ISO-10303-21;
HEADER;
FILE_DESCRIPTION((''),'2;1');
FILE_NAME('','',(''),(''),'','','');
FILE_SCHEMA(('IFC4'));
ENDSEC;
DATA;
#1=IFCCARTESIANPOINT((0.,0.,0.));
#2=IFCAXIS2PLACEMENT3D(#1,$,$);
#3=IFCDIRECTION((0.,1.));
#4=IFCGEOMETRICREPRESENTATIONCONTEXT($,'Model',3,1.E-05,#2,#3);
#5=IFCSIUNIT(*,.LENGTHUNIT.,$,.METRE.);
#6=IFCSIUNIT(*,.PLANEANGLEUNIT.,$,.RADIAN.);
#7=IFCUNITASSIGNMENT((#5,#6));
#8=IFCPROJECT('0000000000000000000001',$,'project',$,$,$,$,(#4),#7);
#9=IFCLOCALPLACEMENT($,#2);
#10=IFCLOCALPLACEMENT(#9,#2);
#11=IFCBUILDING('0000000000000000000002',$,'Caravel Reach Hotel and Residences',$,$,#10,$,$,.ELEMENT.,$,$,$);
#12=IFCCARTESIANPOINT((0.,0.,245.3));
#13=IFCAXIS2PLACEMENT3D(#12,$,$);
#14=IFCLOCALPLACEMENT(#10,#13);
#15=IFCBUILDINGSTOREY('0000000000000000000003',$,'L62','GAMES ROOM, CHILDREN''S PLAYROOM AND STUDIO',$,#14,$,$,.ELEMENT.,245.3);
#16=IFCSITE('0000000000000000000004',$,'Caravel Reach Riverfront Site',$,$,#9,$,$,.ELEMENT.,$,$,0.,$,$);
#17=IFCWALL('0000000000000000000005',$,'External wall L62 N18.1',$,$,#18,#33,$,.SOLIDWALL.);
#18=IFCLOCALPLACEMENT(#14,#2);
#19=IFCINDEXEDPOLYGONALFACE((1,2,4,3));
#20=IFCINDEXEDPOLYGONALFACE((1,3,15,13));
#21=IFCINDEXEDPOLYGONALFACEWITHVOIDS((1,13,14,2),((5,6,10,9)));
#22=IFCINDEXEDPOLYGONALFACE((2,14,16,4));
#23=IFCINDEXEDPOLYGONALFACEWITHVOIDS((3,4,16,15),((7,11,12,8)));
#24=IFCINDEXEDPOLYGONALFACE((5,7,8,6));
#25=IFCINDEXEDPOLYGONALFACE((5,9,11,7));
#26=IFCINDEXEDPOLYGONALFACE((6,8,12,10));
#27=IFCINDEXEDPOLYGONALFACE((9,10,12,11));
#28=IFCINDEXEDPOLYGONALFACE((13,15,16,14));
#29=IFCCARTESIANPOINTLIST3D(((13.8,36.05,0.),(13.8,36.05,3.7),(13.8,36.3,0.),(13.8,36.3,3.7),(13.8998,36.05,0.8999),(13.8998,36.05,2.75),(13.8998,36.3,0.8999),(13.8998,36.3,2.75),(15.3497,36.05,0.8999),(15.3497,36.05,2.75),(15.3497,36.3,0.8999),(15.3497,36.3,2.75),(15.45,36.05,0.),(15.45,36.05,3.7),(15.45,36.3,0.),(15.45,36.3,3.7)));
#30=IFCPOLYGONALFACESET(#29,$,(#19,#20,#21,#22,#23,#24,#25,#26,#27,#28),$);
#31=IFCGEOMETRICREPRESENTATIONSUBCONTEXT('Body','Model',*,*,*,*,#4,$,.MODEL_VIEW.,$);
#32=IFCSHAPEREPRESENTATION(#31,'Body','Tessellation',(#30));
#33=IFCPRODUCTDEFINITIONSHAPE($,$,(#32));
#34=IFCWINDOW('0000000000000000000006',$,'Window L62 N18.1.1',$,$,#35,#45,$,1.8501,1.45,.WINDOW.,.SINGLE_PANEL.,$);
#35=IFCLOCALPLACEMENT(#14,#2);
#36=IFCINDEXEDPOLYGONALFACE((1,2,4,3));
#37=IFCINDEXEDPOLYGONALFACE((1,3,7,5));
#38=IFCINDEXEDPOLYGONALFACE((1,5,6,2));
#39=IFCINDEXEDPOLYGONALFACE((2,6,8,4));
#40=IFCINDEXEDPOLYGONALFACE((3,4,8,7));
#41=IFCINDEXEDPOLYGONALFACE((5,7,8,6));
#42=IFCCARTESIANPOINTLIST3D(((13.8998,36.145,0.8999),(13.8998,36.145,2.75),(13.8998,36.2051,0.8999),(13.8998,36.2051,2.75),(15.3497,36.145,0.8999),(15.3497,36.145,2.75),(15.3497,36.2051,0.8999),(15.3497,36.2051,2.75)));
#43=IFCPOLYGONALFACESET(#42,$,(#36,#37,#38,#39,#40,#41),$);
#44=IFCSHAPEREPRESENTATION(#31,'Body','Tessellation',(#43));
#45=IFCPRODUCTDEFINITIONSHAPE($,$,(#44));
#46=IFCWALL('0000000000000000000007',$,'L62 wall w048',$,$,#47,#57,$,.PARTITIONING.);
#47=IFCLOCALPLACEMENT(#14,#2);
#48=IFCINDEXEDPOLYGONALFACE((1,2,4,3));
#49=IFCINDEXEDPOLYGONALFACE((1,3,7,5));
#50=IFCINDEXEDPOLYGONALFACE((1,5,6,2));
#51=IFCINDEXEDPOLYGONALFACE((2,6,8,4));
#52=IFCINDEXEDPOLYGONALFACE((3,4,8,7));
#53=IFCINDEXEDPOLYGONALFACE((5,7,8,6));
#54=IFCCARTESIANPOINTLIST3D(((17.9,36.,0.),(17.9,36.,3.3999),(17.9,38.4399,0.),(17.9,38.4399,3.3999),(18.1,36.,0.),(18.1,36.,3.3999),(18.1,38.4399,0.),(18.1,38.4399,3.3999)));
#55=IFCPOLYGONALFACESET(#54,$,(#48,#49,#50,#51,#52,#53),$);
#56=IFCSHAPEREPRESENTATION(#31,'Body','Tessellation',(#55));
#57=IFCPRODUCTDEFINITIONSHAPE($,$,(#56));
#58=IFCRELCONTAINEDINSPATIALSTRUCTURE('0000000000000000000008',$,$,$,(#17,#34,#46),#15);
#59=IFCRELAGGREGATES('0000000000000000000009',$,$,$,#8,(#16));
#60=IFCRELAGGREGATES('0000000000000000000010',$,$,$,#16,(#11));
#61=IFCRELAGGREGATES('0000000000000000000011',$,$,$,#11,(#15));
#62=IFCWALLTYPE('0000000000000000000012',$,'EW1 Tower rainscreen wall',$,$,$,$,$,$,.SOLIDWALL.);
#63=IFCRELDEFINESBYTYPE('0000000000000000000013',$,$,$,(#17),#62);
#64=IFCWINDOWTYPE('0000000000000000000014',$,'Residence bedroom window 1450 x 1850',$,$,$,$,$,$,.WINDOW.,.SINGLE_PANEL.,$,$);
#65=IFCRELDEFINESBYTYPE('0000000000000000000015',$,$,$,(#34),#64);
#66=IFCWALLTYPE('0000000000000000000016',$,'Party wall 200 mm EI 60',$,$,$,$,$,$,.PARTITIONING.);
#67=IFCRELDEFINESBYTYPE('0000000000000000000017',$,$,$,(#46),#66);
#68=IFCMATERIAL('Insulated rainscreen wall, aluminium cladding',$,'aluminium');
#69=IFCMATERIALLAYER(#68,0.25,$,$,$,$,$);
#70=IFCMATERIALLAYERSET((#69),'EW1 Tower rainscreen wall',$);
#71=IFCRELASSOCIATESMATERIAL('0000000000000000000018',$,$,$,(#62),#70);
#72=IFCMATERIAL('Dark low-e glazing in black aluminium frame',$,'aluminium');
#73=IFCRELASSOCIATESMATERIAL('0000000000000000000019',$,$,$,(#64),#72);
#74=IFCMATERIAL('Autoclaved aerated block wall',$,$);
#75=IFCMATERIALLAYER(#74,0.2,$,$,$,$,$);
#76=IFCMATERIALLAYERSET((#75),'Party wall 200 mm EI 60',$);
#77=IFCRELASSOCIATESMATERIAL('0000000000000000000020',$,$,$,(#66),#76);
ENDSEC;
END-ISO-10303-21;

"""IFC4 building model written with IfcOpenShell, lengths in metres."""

from ifc_helpers import new_model, si_unit, direction, frame, frame_2d, origin, place, context, subcontext, project, spatial, rectangle, extrude, material, layer, layer_set, type_object, element, fill, save


model = new_model("IFC4")

# Units and contexts
model_context = context("Model", 3, precision=1e-05, world=origin(), true_north=direction((0.0, 1.0)))
body_context = subcontext(model_context, "Body", "Model", "MODEL_VIEW")
ifc_project = project(units=[si_unit("LENGTHUNIT", "METRE"), si_unit("PLANEANGLEUNIT", "RADIAN")], contexts=[model_context])

# Site, building, storey
site_placement = place(None, origin())
site = spatial("IfcSite", under=ifc_project, at=site_placement, Name="Caravel Reach Riverfront Site", CompositionType="ELEMENT", RefElevation=0.0)
building_placement = place(site_placement, origin())
building = spatial("IfcBuilding", under=site, at=building_placement, Name="Caravel Reach Hotel and Residences", CompositionType="ELEMENT")
storey_placement = place(building_placement, frame((0.0, 0.0, 245.3)))
storey = spatial("IfcBuildingStorey", under=building, at=storey_placement, Name="L62", Description="GAMES ROOM, CHILDREN'S PLAYROOM AND STUDIO", CompositionType="ELEMENT", Elevation=245.3)

# Wall, opening, window
ifc_material_1 = material(Name="Insulated rainscreen wall, aluminium cladding", Category="aluminium")
ifc_layer_1 = layer(ifc_material_1, 0.25)
ifc_layer_set_1 = layer_set([ifc_layer_1], Name="EW1 Tower rainscreen wall")
wall_type_1 = type_object("IfcWallType", Name="EW1 Tower rainscreen wall", PredefinedType="SOLIDWALL", material=ifc_layer_set_1)
ifc_material_2 = material(Name="Dark low-e glazing in black aluminium frame", Category="aluminium")
window_type = type_object("IfcWindowType", Name="Residence bedroom window 1450 x 1850", PartitioningType="SINGLE_PANEL", PredefinedType="WINDOW", material=ifc_material_2)
wall_1_placement = place(storey_placement, frame((15.45, 36.175, 0.0), z_axis=(0.0, 0.0, 1.0), x_axis=(-1.0, 0.0, 0.0)))
wall_1 = element("IfcWall", 1, at=wall_1_placement, inside=storey, type_object=wall_type_1, Name="External wall L62 N18.1", PredefinedType="SOLIDWALL", context=body_context, shape_type="SweptSolid", body=[
    extrude(rectangle(XDim=1.6499, YDim=0.25, at=frame_2d((0.825, 0.0))), origin(), (0.0, 0.0, 1.0), 3.7),
])
opening_1_placement = place(wall_1_placement, frame((0.1001, 0.0, 0.8999)))
opening_1 = element("IfcOpeningElement", 2, at=opening_1_placement, cuts=wall_1, PredefinedType="OPENING", context=body_context, shape_type="SweptSolid", body=[
    extrude(rectangle(XDim=1.45, YDim=1.8501, at=frame_2d((0.7251, 0.925))), frame((0.0, 0.135, 0.0), z_axis=(0.0, -1.0, 0.0), x_axis=(1.0, 0.0, 0.0)), (0.0, 0.0, 1.0), 0.27),
])
window_1_placement = place(opening_1_placement, origin())
window_1 = element("IfcWindow", 3, at=window_1_placement, inside=storey, type_object=window_type, Name="Window L62 N18.1.1", OverallHeight=1.8501, OverallWidth=1.45, PartitioningType="SINGLE_PANEL", PredefinedType="WINDOW", context=body_context, shape_type="SweptSolid", body=[
    extrude(rectangle(XDim=1.45, YDim=1.8501, at=frame_2d((0.7251, 0.925))), frame((0.0, 0.03, 0.0), z_axis=(0.0, -1.0, 0.0), x_axis=(1.0, 0.0, 0.0)), (0.0, 0.0, 1.0), 0.0601),
])
fill(opening_1, window_1)

# Wall
ifc_material_3 = material(Name="Autoclaved aerated block wall")
ifc_layer_2 = layer(ifc_material_3, 0.2)
ifc_layer_set_2 = layer_set([ifc_layer_2], Name="Party wall 200 mm EI 60")
wall_type_2 = type_object("IfcWallType", Name="Party wall 200 mm EI 60", PredefinedType="PARTITIONING", material=ifc_layer_set_2)
wall_2_placement = place(storey_placement, frame((18.0, 36.0, 0.0), z_axis=(0.0, 0.0, 1.0), x_axis=(0.0, 1.0, 0.0)))
element("IfcWall", 4, at=wall_2_placement, inside=storey, type_object=wall_type_2, Name="L62 wall w048", PredefinedType="PARTITIONING", context=body_context, shape_type="SweptSolid", body=[
    extrude(rectangle(XDim=2.4399, YDim=0.2, at=frame_2d((1.22, 0.0))), origin(), (0.0, 0.0, 1.0), 3.3999),
])

save(model, "model.ifc")
